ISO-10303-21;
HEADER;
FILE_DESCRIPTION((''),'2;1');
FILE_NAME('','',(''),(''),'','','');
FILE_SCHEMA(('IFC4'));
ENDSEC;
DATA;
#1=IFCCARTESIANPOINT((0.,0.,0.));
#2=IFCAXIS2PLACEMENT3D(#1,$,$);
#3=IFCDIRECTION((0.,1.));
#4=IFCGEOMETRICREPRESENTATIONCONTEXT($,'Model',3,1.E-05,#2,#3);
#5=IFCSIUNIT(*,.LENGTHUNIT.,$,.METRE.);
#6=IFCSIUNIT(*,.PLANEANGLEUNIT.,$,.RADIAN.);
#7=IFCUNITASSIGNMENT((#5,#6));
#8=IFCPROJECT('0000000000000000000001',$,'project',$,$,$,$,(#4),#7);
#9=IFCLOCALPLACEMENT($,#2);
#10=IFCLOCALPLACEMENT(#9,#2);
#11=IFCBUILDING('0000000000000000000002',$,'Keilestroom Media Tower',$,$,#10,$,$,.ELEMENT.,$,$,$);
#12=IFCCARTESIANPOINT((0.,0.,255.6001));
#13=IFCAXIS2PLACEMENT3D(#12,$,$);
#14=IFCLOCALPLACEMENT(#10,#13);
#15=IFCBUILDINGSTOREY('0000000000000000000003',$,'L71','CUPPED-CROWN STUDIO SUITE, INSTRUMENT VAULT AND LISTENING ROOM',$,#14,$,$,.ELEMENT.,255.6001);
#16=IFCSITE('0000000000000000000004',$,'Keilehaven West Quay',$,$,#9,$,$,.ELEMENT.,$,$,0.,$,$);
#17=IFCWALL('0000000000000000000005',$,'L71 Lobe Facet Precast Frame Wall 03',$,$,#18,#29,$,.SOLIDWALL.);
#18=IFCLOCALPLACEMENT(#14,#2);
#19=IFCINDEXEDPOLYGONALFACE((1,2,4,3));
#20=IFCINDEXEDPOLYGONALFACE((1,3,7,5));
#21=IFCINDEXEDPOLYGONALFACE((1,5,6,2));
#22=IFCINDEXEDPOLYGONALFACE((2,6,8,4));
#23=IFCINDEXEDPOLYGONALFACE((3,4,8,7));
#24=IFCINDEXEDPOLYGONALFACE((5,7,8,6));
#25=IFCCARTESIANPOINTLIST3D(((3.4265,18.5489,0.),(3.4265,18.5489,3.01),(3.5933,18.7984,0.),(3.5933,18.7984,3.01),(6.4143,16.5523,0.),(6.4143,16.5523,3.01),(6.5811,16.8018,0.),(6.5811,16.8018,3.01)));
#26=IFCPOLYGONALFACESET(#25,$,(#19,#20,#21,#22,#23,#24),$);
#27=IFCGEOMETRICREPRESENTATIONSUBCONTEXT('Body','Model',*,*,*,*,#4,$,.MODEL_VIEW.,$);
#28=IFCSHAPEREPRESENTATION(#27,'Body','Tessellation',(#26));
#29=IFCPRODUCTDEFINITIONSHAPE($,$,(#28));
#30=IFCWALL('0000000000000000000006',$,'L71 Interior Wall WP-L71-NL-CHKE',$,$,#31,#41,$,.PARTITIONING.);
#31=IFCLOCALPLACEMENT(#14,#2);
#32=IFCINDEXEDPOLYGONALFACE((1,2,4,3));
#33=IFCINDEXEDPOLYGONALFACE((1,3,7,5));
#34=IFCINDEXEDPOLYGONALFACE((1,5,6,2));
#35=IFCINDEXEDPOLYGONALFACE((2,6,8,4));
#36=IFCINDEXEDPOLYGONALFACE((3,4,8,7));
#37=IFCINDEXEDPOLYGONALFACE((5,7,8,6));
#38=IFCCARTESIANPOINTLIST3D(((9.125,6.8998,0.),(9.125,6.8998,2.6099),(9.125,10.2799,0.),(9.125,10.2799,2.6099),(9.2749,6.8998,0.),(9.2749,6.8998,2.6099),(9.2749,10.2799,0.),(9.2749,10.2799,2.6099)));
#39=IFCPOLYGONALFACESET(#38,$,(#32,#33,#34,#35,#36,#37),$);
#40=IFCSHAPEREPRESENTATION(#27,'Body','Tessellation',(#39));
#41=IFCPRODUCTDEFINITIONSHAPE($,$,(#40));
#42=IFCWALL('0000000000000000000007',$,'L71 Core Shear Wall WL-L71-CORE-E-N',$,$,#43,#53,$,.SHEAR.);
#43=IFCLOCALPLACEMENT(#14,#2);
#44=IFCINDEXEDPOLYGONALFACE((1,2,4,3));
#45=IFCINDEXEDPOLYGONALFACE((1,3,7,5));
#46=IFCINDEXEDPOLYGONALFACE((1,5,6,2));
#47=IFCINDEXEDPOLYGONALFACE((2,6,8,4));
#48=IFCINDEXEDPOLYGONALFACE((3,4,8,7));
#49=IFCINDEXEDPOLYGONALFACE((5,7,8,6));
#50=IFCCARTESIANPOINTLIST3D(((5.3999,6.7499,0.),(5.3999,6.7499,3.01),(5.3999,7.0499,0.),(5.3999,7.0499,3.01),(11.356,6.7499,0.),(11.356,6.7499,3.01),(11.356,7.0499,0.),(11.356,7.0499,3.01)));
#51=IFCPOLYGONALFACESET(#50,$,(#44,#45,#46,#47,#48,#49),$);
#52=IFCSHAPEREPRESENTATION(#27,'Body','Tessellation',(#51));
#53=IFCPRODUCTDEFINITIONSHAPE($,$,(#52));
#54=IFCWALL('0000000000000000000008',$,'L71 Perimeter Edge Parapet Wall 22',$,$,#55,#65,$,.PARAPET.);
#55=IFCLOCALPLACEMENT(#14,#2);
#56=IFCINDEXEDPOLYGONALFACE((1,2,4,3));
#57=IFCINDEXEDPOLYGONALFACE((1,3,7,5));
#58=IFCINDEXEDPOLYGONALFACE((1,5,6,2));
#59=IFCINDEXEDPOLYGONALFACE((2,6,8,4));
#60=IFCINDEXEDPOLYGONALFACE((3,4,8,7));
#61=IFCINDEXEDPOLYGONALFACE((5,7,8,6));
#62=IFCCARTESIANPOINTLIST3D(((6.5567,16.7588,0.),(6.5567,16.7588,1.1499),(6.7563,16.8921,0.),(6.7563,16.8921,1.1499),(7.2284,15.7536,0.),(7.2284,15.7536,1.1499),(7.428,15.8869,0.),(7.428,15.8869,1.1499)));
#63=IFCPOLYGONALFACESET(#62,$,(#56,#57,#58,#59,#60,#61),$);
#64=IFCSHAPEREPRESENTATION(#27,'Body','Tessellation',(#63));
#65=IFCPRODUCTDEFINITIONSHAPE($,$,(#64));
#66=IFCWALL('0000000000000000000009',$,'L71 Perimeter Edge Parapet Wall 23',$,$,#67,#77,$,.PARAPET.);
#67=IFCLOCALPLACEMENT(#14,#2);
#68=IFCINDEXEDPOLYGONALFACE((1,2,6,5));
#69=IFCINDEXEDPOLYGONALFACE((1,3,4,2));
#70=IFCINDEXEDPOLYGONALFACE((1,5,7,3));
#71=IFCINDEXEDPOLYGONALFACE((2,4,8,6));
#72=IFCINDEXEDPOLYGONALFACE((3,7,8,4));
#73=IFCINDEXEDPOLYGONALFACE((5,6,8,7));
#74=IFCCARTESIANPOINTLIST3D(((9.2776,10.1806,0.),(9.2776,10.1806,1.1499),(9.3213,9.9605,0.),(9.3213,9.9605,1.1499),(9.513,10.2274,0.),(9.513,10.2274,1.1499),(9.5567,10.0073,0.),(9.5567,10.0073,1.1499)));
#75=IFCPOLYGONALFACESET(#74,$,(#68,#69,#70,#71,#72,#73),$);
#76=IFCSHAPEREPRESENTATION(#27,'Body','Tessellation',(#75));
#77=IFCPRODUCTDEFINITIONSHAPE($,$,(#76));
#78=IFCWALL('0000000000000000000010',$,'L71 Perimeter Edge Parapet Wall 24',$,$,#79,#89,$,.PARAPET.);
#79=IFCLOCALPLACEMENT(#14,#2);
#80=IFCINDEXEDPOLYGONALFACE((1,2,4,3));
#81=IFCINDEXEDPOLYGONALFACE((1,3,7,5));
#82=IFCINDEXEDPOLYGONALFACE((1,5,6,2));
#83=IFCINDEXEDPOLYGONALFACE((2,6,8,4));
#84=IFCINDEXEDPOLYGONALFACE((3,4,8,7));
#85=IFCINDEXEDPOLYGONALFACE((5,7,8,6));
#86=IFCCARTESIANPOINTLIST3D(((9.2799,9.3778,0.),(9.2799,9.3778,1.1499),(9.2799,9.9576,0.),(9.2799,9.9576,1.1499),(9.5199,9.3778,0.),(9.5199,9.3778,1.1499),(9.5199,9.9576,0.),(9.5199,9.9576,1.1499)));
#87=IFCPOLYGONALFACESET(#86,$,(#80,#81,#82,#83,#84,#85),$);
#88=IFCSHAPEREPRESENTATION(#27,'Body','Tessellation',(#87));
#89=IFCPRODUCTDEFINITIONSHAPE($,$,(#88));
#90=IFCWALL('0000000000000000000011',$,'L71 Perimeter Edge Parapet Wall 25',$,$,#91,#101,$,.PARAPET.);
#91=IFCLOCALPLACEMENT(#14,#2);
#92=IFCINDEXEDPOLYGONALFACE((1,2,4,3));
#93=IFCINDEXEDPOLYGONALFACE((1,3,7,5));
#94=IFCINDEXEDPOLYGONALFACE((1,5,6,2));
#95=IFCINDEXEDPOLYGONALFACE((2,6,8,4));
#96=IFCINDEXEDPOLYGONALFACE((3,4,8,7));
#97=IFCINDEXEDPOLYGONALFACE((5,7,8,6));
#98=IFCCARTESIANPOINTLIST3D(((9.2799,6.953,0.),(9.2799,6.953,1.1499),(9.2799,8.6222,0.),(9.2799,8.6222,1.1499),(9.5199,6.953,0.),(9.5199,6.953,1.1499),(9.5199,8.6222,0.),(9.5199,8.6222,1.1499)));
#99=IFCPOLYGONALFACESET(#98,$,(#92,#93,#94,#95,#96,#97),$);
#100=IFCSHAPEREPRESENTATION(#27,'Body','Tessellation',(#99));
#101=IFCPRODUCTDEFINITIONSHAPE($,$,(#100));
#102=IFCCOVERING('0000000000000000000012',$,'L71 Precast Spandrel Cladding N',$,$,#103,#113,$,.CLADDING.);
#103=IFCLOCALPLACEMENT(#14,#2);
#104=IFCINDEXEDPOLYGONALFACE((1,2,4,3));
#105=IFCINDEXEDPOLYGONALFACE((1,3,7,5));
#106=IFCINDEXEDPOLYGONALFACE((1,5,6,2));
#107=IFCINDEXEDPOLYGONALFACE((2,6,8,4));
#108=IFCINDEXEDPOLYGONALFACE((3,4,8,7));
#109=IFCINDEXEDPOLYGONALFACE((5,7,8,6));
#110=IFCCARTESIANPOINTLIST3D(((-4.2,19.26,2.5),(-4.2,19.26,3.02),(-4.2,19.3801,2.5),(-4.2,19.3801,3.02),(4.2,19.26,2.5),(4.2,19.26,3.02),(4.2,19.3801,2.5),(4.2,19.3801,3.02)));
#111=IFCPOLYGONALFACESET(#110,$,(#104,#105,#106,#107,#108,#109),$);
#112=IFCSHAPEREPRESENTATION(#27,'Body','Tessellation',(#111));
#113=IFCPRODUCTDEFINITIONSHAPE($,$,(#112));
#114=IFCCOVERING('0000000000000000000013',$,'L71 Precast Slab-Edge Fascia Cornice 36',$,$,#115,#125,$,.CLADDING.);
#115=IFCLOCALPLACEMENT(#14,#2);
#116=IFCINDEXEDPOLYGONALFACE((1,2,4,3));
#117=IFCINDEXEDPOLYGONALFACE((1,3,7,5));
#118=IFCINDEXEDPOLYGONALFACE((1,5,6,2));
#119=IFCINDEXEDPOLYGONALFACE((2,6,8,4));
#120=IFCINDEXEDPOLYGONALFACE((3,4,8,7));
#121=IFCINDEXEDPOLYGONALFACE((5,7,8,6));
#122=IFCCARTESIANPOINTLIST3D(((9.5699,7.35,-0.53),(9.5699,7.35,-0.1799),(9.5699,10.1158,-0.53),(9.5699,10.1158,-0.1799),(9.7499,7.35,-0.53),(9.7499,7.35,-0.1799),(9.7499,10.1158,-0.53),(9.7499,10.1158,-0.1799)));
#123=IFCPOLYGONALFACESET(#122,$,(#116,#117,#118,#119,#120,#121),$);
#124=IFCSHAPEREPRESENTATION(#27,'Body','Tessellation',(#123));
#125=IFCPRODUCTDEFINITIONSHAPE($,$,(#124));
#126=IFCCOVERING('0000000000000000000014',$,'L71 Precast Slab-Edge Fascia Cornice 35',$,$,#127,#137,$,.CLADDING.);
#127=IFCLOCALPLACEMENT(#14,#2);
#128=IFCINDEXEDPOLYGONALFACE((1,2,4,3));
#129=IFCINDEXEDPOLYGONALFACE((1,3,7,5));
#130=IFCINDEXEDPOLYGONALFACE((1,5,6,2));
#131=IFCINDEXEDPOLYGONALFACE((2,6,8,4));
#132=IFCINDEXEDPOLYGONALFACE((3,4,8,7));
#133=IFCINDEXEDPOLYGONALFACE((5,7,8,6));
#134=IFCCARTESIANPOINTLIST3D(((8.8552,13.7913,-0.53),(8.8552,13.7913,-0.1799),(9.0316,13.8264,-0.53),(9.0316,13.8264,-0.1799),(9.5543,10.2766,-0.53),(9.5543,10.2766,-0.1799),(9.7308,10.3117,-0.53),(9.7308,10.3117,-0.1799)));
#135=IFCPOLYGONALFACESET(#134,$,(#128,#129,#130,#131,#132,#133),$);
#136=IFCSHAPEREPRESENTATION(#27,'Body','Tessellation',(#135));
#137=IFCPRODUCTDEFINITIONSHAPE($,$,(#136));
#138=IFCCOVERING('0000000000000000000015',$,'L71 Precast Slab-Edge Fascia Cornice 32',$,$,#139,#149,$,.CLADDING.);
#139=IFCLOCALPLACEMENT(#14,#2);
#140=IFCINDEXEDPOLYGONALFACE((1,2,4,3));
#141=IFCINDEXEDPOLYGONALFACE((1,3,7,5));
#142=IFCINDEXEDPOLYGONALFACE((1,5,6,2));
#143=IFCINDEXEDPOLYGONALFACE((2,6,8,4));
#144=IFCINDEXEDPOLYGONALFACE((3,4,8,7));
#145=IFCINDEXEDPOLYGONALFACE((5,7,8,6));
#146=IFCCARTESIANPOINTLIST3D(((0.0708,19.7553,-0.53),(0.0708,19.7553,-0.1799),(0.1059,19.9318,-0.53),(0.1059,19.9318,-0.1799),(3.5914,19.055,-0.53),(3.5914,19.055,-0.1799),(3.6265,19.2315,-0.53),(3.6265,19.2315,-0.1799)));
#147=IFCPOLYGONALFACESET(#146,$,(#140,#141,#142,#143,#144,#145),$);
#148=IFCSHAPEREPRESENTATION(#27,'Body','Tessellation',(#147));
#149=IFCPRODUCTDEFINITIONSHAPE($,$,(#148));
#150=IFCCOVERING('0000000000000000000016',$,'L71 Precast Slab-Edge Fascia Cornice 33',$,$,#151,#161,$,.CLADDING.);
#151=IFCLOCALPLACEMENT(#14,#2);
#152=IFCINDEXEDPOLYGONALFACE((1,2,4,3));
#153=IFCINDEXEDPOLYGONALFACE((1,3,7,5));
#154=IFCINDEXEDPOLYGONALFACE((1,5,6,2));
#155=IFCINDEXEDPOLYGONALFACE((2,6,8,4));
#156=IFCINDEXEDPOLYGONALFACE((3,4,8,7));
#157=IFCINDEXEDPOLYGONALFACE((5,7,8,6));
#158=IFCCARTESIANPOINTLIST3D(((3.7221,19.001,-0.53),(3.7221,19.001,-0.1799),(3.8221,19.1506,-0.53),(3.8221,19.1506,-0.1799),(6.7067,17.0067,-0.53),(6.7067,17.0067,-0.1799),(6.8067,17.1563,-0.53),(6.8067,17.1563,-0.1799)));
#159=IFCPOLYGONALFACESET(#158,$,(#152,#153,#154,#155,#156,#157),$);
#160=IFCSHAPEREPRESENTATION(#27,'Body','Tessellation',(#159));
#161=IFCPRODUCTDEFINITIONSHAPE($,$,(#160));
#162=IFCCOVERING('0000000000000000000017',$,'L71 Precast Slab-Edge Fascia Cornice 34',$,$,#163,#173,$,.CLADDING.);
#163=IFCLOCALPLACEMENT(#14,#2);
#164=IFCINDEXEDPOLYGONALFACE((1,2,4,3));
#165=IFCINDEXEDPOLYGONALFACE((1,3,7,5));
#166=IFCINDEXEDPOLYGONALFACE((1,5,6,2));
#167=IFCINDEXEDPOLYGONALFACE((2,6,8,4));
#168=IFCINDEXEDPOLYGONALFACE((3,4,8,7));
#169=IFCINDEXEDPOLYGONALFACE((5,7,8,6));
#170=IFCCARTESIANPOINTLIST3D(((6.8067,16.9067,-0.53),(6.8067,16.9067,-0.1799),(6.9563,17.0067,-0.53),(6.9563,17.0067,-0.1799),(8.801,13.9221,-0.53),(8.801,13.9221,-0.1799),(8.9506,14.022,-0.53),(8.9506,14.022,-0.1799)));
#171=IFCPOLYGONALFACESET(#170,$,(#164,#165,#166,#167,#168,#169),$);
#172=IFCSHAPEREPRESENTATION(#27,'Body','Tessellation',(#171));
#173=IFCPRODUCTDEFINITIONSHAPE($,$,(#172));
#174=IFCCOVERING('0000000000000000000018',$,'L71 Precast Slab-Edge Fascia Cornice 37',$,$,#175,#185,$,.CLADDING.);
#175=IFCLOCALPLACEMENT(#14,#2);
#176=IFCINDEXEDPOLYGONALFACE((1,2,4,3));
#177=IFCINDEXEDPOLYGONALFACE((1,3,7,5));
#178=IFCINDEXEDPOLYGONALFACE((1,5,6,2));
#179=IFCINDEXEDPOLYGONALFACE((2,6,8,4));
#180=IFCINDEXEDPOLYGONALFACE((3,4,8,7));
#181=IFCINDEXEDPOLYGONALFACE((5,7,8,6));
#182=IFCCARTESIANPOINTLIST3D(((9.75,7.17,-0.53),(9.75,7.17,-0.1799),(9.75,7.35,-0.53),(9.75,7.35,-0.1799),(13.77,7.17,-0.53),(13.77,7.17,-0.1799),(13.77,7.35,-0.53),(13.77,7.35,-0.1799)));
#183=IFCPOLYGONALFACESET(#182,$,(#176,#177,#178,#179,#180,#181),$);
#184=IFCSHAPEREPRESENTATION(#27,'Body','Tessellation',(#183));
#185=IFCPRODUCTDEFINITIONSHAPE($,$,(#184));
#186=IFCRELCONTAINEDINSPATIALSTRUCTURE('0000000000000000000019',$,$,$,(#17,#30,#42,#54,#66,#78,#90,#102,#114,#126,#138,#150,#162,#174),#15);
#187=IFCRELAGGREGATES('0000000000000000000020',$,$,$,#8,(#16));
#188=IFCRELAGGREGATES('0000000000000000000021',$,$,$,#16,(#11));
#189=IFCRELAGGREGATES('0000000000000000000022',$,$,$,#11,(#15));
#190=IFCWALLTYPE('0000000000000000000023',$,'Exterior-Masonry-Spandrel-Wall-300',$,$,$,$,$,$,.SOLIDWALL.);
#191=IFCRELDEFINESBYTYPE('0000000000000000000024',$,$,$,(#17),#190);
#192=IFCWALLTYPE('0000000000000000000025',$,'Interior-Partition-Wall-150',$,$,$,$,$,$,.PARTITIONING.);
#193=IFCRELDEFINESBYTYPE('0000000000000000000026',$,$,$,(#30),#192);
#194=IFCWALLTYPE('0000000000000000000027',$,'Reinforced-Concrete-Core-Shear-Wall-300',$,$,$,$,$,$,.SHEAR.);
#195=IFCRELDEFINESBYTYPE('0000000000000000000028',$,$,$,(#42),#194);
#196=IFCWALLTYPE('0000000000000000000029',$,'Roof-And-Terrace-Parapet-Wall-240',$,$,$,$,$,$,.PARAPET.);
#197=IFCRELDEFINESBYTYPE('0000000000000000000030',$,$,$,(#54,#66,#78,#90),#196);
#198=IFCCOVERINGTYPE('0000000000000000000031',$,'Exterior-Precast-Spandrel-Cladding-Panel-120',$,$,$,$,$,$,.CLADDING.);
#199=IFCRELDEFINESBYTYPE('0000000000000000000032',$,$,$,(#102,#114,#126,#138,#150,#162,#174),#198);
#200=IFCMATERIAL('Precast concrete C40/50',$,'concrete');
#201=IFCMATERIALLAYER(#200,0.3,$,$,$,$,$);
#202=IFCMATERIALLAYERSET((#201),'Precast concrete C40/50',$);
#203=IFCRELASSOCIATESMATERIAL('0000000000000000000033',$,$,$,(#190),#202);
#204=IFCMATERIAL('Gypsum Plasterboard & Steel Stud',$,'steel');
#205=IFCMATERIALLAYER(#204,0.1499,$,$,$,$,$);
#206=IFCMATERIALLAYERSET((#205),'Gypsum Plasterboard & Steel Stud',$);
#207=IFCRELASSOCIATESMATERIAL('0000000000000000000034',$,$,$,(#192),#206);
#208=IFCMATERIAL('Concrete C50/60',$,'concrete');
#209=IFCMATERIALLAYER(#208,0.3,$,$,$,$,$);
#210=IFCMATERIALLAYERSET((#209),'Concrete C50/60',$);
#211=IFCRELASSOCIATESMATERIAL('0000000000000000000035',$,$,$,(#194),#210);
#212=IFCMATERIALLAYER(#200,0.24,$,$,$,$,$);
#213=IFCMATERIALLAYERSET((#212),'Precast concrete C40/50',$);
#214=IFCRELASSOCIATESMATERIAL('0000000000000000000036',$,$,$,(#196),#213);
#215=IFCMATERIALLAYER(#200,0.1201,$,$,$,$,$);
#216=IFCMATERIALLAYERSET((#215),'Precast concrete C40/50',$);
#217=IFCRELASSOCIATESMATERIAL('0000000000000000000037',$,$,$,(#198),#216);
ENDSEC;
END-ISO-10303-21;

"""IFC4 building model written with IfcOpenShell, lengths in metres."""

from ifc_helpers import new_model, si_unit, direction, frame, frame_2d, origin, origin_2d, place, context, subcontext, project, spatial, rectangle, extrude, source, transform, mapped, material, layer, layer_set, type_object, element, save


model = new_model("IFC4")

# Units and contexts
model_context = context("Model", 3, precision=1e-05, world=origin(), true_north=direction((0.0, 1.0)))
body_context = subcontext(model_context, "Body", "Model", "MODEL_VIEW")
ifc_project = project(units=[si_unit("LENGTHUNIT", "METRE"), si_unit("PLANEANGLEUNIT", "RADIAN")], contexts=[model_context])

# Site, building, storey
site_placement = place(None, origin())
site = spatial("IfcSite", under=ifc_project, at=site_placement, Name="Keilehaven West Quay", CompositionType="ELEMENT", RefElevation=0.0)
building_placement = place(site_placement, origin())
building = spatial("IfcBuilding", under=site, at=building_placement, Name="Keilestroom Media Tower", CompositionType="ELEMENT")
storey_placement = place(building_placement, frame((0.0, 0.0, 255.6001)))
storey = spatial("IfcBuildingStorey", under=building, at=storey_placement, Name="L71", Description="CUPPED-CROWN STUDIO SUITE, INSTRUMENT VAULT AND LISTENING ROOM", CompositionType="ELEMENT", Elevation=255.6001)

# Shared definitions
ifc_material_1 = material(Name="Concrete C50/60", Category="concrete")

# Walls
ifc_material_2 = material(Name="Precast concrete C40/50", Category="concrete")
ifc_layer_1 = layer(ifc_material_2, 0.3)
ifc_layer_set_1 = layer_set([ifc_layer_1], Name="Precast concrete C40/50")
wall_type_1 = type_object("IfcWallType", Name="Exterior-Masonry-Spandrel-Wall-300", PredefinedType="SOLIDWALL", material=ifc_layer_set_1)
wall_1_placement = place(storey_placement, frame((6.4978, 16.677, 0.0), z_axis=(0.0, 0.0, 1.0), x_axis=(-0.831444, 0.555609, 0.0)))
element("IfcWall", 1, at=wall_1_placement, inside=storey, type_object=wall_type_1, Name="L71 Lobe Facet Precast Frame Wall 03", PredefinedType="SOLIDWALL", context=body_context, shape_type="SweptSolid", body=[
    extrude(rectangle(XDim=3.5935, YDim=0.3, at=frame_2d((1.7969, 0.0))), origin(), (0.0, 0.0, 1.0), 3.01),
])
ifc_material_3 = material(Name="Gypsum Plasterboard & Steel Stud", Category="steel")
ifc_layer_2 = layer(ifc_material_3, 0.1499)
ifc_layer_set_2 = layer_set([ifc_layer_2], Name="Gypsum Plasterboard & Steel Stud")
wall_type_2 = type_object("IfcWallType", Name="Interior-Partition-Wall-150", PredefinedType="PARTITIONING", material=ifc_layer_set_2)
wall_2_placement = place(storey_placement, frame((9.2, 6.8999, 0.0), z_axis=(0.0, 0.0, 1.0), x_axis=(0.0, 1.0, 0.0)))
element("IfcWall", 2, at=wall_2_placement, inside=storey, type_object=wall_type_2, Name="L71 Interior Wall WP-L71-NL-CHKE", PredefinedType="PARTITIONING", context=body_context, shape_type="SweptSolid", body=[
    extrude(rectangle(XDim=3.3801, YDim=0.1499, at=frame_2d((1.6899, 0.0))), origin(), (0.0, 0.0, 1.0), 2.6099),
])
ifc_layer_3 = layer(ifc_material_1, 0.3)
ifc_layer_set_3 = layer_set([ifc_layer_3], Name="Concrete C50/60")
wall_type_3 = type_object("IfcWallType", Name="Reinforced-Concrete-Core-Shear-Wall-300", PredefinedType="SHEAR", material=ifc_layer_set_3)
wall_3_placement = place(storey_placement, frame((5.3999, 6.8999, 0.0), z_axis=(0.0, 0.0, 1.0), x_axis=(1.0, 0.0, 0.0)))
element("IfcWall", 3, at=wall_3_placement, inside=storey, type_object=wall_type_3, Name="L71 Core Shear Wall WL-L71-CORE-E-N", PredefinedType="SHEAR", context=body_context, shape_type="SweptSolid", body=[
    extrude(rectangle(XDim=5.9561, YDim=0.3, at=frame_2d((2.978, 0.0))), origin(), (0.0, 0.0, 1.0), 3.01),
])
ifc_layer_4 = layer(ifc_material_2, 0.24)
ifc_layer_set_4 = layer_set([ifc_layer_4], Name="Precast concrete C40/50")
wall_type_4 = type_object("IfcWallType", Name="Roof-And-Terrace-Parapet-Wall-240", PredefinedType="PARAPET", material=ifc_layer_set_4)
wall_4_placement = place(storey_placement, frame((6.6565, 16.8254, 0.0), z_axis=(0.0, 0.0, 1.0), x_axis=(0.555585, -0.831459, 0.0)))
element("IfcWall", 4, at=wall_4_placement, inside=storey, type_object=wall_type_4, Name="L71 Perimeter Edge Parapet Wall 22", PredefinedType="PARAPET", context=body_context, shape_type="SweptSolid", body=[
    extrude(rectangle(XDim=1.209, YDim=0.24, at=frame_2d((0.6045, 0.0))), origin(), (0.0, 0.0, 1.0), 1.1499),
])
wall_5_placement = place(storey_placement, frame((9.3953, 10.2041, 0.0), z_axis=(0.0, 0.0, 1.0), x_axis=(0.19486, -0.980831, 0.0)))
element("IfcWall", 5, at=wall_5_placement, inside=storey, type_object=wall_type_4, Name="L71 Perimeter Edge Parapet Wall 23", PredefinedType="PARAPET", context=body_context, shape_type="SweptSolid", body=[
    extrude(rectangle(XDim=0.2244, YDim=0.24, at=frame_2d((0.1123, 0.0))), origin(), (0.0, 0.0, 1.0), 1.1499),
])
wall_6_placement = place(storey_placement, frame((9.3999, 9.9578, 0.0), z_axis=(0.0, 0.0, 1.0), x_axis=(0.0, -1.0, 0.0)))
element("IfcWall", 6, at=wall_6_placement, inside=storey, type_object=wall_type_4, Name="L71 Perimeter Edge Parapet Wall 24", PredefinedType="PARAPET", context=body_context, shape_type="SweptSolid", body=[
    extrude(rectangle(XDim=0.5798, YDim=0.24, at=frame_2d((0.29, 0.0))), origin(), (0.0, 0.0, 1.0), 1.1499),
])
wall_7_placement = place(storey_placement, frame((9.3999, 8.6221, 0.0), z_axis=(0.0, 0.0, 1.0), x_axis=(0.0, -1.0, 0.0)))
element("IfcWall", 7, at=wall_7_placement, inside=storey, type_object=wall_type_4, Name="L71 Perimeter Edge Parapet Wall 25", PredefinedType="PARAPET", context=body_context, shape_type="SweptSolid", body=[
    extrude(rectangle(XDim=1.6692, YDim=0.24, at=frame_2d((0.8345, 0.0))), origin(), (0.0, 0.0, 1.0), 1.1499),
])

# Coverings
ifc_layer_5 = layer(ifc_material_2, 0.1201)
ifc_layer_set_5 = layer_set([ifc_layer_5], Name="Precast concrete C40/50")
covering_type = type_object("IfcCoveringType", Name="Exterior-Precast-Spandrel-Cladding-Panel-120", PredefinedType="CLADDING", material=ifc_layer_set_5)
shared_shape_1 = source(origin(), body_context, "Body", "SweptSolid", [
    extrude(rectangle(XDim=8.3999, YDim=0.1201, at=origin_2d()), origin(), (0.0, 0.0, 1.0), 0.52),
])
covering_1_placement = place(storey_placement, frame((0.0, 19.3201, 2.5), z_axis=(0.0, 0.0, 1.0), x_axis=(1.0, 0.0, 0.0)))
element("IfcCovering", 8, at=covering_1_placement, inside=storey, type_object=covering_type, Name="L71 Precast Spandrel Cladding N", PredefinedType="CLADDING", context=body_context, shape_type="MappedRepresentation", body=[
    mapped(shared_shape_1, transform((0.0, 0.0, 0.0), x_axis=(1.0, 0.0, 0.0), y_axis=(0.0, 1.0, 0.0), z_axis=(0.0, 0.0, 1.0), scale=1.0)),
])
shared_shape_2 = source(origin(), body_context, "Body", "SweptSolid", [
    extrude(rectangle(XDim=2.7659, YDim=0.1799, at=origin_2d()), origin(), (0.0, 0.0, 1.0), 0.3501),
])
covering_2_placement = place(storey_placement, frame((9.6599, 8.7329, -0.53), z_axis=(0.0, 0.0, 1.0), x_axis=(0.0, -1.0, 0.0)))
element("IfcCovering", 9, at=covering_2_placement, inside=storey, type_object=covering_type, Name="L71 Precast Slab-Edge Fascia Cornice 36", PredefinedType="CLADDING", context=body_context, shape_type="MappedRepresentation", body=[
    mapped(shared_shape_2, transform((0.0, 0.0, 0.0), x_axis=(1.0, 0.0, 0.0), y_axis=(0.0, 1.0, 0.0), z_axis=(0.0, 0.0, 1.0), scale=1.0)),
])
shared_shape_3 = source(origin(), body_context, "Body", "SweptSolid", [
    extrude(rectangle(XDim=3.5835, YDim=0.1799, at=origin_2d()), origin(), (0.0, 0.0, 1.0), 0.3501),
])
covering_3_placement = place(storey_placement, frame((9.293, 12.0515, -0.53), z_axis=(0.0, 0.0, 1.0), x_axis=(0.195099, -0.980784, 0.0)))
element("IfcCovering", 10, at=covering_3_placement, inside=storey, type_object=covering_type, Name="L71 Precast Slab-Edge Fascia Cornice 35", PredefinedType="CLADDING", context=body_context, shape_type="MappedRepresentation", body=[
    mapped(shared_shape_3, transform((0.0, 0.0, 0.0), x_axis=(1.0, 0.0, 0.0), y_axis=(0.0, 1.0, 0.0), z_axis=(0.0, 0.0, 1.0), scale=1.0)),
])
shared_shape_4 = source(origin(), body_context, "Body", "SweptSolid", [
    extrude(rectangle(XDim=3.5896, YDim=0.1799, at=origin_2d()), origin(), (0.0, 0.0, 1.0), 0.3501),
])
for number, where, z_axis, x_axis, name in (
    (11, (1.8486, 19.4934, -0.53), (0.0, 0.0, 1.0), (0.980784, -0.195099, 0.0), "L71 Precast Slab-Edge Fascia Cornice 32"),
    (12, (5.2644, 18.0786, -0.53), (0.0, 0.0, 1.0), (0.831467, -0.555575, 0.0), "L71 Precast Slab-Edge Fascia Cornice 33"),
    (13, (7.8787, 15.4644, -0.53), (0.0, 0.0, 1.0), (0.555575, -0.831467, 0.0), "L71 Precast Slab-Edge Fascia Cornice 34"),
):
    element("IfcCovering", number, at=place(storey_placement, frame(where, z_axis=z_axis, x_axis=x_axis)), inside=storey, type_object=covering_type, Name=name, PredefinedType="CLADDING", context=body_context, shape_type="MappedRepresentation", body=[
        mapped(shared_shape_4, transform((0.0, 0.0, 0.0), x_axis=(1.0, 0.0, 0.0), y_axis=(0.0, 1.0, 0.0), z_axis=(0.0, 0.0, 1.0), scale=1.0)),
    ])
shared_shape_5 = source(origin(), body_context, "Body", "SweptSolid", [
    extrude(rectangle(XDim=4.02, YDim=0.1799, at=origin_2d()), origin(), (0.0, 0.0, 1.0), 0.3501),
])
covering_4_placement = place(storey_placement, frame((11.76, 7.26, -0.53), z_axis=(0.0, 0.0, 1.0), x_axis=(1.0, 0.0, 0.0)))
element("IfcCovering", 14, at=covering_4_placement, inside=storey, type_object=covering_type, Name="L71 Precast Slab-Edge Fascia Cornice 37", PredefinedType="CLADDING", context=body_context, shape_type="MappedRepresentation", body=[
    mapped(shared_shape_5, transform((0.0, 0.0, 0.0), x_axis=(1.0, 0.0, 0.0), y_axis=(0.0, 1.0, 0.0), z_axis=(0.0, 0.0, 1.0), scale=1.0)),
])

save(model, "model.ifc")
